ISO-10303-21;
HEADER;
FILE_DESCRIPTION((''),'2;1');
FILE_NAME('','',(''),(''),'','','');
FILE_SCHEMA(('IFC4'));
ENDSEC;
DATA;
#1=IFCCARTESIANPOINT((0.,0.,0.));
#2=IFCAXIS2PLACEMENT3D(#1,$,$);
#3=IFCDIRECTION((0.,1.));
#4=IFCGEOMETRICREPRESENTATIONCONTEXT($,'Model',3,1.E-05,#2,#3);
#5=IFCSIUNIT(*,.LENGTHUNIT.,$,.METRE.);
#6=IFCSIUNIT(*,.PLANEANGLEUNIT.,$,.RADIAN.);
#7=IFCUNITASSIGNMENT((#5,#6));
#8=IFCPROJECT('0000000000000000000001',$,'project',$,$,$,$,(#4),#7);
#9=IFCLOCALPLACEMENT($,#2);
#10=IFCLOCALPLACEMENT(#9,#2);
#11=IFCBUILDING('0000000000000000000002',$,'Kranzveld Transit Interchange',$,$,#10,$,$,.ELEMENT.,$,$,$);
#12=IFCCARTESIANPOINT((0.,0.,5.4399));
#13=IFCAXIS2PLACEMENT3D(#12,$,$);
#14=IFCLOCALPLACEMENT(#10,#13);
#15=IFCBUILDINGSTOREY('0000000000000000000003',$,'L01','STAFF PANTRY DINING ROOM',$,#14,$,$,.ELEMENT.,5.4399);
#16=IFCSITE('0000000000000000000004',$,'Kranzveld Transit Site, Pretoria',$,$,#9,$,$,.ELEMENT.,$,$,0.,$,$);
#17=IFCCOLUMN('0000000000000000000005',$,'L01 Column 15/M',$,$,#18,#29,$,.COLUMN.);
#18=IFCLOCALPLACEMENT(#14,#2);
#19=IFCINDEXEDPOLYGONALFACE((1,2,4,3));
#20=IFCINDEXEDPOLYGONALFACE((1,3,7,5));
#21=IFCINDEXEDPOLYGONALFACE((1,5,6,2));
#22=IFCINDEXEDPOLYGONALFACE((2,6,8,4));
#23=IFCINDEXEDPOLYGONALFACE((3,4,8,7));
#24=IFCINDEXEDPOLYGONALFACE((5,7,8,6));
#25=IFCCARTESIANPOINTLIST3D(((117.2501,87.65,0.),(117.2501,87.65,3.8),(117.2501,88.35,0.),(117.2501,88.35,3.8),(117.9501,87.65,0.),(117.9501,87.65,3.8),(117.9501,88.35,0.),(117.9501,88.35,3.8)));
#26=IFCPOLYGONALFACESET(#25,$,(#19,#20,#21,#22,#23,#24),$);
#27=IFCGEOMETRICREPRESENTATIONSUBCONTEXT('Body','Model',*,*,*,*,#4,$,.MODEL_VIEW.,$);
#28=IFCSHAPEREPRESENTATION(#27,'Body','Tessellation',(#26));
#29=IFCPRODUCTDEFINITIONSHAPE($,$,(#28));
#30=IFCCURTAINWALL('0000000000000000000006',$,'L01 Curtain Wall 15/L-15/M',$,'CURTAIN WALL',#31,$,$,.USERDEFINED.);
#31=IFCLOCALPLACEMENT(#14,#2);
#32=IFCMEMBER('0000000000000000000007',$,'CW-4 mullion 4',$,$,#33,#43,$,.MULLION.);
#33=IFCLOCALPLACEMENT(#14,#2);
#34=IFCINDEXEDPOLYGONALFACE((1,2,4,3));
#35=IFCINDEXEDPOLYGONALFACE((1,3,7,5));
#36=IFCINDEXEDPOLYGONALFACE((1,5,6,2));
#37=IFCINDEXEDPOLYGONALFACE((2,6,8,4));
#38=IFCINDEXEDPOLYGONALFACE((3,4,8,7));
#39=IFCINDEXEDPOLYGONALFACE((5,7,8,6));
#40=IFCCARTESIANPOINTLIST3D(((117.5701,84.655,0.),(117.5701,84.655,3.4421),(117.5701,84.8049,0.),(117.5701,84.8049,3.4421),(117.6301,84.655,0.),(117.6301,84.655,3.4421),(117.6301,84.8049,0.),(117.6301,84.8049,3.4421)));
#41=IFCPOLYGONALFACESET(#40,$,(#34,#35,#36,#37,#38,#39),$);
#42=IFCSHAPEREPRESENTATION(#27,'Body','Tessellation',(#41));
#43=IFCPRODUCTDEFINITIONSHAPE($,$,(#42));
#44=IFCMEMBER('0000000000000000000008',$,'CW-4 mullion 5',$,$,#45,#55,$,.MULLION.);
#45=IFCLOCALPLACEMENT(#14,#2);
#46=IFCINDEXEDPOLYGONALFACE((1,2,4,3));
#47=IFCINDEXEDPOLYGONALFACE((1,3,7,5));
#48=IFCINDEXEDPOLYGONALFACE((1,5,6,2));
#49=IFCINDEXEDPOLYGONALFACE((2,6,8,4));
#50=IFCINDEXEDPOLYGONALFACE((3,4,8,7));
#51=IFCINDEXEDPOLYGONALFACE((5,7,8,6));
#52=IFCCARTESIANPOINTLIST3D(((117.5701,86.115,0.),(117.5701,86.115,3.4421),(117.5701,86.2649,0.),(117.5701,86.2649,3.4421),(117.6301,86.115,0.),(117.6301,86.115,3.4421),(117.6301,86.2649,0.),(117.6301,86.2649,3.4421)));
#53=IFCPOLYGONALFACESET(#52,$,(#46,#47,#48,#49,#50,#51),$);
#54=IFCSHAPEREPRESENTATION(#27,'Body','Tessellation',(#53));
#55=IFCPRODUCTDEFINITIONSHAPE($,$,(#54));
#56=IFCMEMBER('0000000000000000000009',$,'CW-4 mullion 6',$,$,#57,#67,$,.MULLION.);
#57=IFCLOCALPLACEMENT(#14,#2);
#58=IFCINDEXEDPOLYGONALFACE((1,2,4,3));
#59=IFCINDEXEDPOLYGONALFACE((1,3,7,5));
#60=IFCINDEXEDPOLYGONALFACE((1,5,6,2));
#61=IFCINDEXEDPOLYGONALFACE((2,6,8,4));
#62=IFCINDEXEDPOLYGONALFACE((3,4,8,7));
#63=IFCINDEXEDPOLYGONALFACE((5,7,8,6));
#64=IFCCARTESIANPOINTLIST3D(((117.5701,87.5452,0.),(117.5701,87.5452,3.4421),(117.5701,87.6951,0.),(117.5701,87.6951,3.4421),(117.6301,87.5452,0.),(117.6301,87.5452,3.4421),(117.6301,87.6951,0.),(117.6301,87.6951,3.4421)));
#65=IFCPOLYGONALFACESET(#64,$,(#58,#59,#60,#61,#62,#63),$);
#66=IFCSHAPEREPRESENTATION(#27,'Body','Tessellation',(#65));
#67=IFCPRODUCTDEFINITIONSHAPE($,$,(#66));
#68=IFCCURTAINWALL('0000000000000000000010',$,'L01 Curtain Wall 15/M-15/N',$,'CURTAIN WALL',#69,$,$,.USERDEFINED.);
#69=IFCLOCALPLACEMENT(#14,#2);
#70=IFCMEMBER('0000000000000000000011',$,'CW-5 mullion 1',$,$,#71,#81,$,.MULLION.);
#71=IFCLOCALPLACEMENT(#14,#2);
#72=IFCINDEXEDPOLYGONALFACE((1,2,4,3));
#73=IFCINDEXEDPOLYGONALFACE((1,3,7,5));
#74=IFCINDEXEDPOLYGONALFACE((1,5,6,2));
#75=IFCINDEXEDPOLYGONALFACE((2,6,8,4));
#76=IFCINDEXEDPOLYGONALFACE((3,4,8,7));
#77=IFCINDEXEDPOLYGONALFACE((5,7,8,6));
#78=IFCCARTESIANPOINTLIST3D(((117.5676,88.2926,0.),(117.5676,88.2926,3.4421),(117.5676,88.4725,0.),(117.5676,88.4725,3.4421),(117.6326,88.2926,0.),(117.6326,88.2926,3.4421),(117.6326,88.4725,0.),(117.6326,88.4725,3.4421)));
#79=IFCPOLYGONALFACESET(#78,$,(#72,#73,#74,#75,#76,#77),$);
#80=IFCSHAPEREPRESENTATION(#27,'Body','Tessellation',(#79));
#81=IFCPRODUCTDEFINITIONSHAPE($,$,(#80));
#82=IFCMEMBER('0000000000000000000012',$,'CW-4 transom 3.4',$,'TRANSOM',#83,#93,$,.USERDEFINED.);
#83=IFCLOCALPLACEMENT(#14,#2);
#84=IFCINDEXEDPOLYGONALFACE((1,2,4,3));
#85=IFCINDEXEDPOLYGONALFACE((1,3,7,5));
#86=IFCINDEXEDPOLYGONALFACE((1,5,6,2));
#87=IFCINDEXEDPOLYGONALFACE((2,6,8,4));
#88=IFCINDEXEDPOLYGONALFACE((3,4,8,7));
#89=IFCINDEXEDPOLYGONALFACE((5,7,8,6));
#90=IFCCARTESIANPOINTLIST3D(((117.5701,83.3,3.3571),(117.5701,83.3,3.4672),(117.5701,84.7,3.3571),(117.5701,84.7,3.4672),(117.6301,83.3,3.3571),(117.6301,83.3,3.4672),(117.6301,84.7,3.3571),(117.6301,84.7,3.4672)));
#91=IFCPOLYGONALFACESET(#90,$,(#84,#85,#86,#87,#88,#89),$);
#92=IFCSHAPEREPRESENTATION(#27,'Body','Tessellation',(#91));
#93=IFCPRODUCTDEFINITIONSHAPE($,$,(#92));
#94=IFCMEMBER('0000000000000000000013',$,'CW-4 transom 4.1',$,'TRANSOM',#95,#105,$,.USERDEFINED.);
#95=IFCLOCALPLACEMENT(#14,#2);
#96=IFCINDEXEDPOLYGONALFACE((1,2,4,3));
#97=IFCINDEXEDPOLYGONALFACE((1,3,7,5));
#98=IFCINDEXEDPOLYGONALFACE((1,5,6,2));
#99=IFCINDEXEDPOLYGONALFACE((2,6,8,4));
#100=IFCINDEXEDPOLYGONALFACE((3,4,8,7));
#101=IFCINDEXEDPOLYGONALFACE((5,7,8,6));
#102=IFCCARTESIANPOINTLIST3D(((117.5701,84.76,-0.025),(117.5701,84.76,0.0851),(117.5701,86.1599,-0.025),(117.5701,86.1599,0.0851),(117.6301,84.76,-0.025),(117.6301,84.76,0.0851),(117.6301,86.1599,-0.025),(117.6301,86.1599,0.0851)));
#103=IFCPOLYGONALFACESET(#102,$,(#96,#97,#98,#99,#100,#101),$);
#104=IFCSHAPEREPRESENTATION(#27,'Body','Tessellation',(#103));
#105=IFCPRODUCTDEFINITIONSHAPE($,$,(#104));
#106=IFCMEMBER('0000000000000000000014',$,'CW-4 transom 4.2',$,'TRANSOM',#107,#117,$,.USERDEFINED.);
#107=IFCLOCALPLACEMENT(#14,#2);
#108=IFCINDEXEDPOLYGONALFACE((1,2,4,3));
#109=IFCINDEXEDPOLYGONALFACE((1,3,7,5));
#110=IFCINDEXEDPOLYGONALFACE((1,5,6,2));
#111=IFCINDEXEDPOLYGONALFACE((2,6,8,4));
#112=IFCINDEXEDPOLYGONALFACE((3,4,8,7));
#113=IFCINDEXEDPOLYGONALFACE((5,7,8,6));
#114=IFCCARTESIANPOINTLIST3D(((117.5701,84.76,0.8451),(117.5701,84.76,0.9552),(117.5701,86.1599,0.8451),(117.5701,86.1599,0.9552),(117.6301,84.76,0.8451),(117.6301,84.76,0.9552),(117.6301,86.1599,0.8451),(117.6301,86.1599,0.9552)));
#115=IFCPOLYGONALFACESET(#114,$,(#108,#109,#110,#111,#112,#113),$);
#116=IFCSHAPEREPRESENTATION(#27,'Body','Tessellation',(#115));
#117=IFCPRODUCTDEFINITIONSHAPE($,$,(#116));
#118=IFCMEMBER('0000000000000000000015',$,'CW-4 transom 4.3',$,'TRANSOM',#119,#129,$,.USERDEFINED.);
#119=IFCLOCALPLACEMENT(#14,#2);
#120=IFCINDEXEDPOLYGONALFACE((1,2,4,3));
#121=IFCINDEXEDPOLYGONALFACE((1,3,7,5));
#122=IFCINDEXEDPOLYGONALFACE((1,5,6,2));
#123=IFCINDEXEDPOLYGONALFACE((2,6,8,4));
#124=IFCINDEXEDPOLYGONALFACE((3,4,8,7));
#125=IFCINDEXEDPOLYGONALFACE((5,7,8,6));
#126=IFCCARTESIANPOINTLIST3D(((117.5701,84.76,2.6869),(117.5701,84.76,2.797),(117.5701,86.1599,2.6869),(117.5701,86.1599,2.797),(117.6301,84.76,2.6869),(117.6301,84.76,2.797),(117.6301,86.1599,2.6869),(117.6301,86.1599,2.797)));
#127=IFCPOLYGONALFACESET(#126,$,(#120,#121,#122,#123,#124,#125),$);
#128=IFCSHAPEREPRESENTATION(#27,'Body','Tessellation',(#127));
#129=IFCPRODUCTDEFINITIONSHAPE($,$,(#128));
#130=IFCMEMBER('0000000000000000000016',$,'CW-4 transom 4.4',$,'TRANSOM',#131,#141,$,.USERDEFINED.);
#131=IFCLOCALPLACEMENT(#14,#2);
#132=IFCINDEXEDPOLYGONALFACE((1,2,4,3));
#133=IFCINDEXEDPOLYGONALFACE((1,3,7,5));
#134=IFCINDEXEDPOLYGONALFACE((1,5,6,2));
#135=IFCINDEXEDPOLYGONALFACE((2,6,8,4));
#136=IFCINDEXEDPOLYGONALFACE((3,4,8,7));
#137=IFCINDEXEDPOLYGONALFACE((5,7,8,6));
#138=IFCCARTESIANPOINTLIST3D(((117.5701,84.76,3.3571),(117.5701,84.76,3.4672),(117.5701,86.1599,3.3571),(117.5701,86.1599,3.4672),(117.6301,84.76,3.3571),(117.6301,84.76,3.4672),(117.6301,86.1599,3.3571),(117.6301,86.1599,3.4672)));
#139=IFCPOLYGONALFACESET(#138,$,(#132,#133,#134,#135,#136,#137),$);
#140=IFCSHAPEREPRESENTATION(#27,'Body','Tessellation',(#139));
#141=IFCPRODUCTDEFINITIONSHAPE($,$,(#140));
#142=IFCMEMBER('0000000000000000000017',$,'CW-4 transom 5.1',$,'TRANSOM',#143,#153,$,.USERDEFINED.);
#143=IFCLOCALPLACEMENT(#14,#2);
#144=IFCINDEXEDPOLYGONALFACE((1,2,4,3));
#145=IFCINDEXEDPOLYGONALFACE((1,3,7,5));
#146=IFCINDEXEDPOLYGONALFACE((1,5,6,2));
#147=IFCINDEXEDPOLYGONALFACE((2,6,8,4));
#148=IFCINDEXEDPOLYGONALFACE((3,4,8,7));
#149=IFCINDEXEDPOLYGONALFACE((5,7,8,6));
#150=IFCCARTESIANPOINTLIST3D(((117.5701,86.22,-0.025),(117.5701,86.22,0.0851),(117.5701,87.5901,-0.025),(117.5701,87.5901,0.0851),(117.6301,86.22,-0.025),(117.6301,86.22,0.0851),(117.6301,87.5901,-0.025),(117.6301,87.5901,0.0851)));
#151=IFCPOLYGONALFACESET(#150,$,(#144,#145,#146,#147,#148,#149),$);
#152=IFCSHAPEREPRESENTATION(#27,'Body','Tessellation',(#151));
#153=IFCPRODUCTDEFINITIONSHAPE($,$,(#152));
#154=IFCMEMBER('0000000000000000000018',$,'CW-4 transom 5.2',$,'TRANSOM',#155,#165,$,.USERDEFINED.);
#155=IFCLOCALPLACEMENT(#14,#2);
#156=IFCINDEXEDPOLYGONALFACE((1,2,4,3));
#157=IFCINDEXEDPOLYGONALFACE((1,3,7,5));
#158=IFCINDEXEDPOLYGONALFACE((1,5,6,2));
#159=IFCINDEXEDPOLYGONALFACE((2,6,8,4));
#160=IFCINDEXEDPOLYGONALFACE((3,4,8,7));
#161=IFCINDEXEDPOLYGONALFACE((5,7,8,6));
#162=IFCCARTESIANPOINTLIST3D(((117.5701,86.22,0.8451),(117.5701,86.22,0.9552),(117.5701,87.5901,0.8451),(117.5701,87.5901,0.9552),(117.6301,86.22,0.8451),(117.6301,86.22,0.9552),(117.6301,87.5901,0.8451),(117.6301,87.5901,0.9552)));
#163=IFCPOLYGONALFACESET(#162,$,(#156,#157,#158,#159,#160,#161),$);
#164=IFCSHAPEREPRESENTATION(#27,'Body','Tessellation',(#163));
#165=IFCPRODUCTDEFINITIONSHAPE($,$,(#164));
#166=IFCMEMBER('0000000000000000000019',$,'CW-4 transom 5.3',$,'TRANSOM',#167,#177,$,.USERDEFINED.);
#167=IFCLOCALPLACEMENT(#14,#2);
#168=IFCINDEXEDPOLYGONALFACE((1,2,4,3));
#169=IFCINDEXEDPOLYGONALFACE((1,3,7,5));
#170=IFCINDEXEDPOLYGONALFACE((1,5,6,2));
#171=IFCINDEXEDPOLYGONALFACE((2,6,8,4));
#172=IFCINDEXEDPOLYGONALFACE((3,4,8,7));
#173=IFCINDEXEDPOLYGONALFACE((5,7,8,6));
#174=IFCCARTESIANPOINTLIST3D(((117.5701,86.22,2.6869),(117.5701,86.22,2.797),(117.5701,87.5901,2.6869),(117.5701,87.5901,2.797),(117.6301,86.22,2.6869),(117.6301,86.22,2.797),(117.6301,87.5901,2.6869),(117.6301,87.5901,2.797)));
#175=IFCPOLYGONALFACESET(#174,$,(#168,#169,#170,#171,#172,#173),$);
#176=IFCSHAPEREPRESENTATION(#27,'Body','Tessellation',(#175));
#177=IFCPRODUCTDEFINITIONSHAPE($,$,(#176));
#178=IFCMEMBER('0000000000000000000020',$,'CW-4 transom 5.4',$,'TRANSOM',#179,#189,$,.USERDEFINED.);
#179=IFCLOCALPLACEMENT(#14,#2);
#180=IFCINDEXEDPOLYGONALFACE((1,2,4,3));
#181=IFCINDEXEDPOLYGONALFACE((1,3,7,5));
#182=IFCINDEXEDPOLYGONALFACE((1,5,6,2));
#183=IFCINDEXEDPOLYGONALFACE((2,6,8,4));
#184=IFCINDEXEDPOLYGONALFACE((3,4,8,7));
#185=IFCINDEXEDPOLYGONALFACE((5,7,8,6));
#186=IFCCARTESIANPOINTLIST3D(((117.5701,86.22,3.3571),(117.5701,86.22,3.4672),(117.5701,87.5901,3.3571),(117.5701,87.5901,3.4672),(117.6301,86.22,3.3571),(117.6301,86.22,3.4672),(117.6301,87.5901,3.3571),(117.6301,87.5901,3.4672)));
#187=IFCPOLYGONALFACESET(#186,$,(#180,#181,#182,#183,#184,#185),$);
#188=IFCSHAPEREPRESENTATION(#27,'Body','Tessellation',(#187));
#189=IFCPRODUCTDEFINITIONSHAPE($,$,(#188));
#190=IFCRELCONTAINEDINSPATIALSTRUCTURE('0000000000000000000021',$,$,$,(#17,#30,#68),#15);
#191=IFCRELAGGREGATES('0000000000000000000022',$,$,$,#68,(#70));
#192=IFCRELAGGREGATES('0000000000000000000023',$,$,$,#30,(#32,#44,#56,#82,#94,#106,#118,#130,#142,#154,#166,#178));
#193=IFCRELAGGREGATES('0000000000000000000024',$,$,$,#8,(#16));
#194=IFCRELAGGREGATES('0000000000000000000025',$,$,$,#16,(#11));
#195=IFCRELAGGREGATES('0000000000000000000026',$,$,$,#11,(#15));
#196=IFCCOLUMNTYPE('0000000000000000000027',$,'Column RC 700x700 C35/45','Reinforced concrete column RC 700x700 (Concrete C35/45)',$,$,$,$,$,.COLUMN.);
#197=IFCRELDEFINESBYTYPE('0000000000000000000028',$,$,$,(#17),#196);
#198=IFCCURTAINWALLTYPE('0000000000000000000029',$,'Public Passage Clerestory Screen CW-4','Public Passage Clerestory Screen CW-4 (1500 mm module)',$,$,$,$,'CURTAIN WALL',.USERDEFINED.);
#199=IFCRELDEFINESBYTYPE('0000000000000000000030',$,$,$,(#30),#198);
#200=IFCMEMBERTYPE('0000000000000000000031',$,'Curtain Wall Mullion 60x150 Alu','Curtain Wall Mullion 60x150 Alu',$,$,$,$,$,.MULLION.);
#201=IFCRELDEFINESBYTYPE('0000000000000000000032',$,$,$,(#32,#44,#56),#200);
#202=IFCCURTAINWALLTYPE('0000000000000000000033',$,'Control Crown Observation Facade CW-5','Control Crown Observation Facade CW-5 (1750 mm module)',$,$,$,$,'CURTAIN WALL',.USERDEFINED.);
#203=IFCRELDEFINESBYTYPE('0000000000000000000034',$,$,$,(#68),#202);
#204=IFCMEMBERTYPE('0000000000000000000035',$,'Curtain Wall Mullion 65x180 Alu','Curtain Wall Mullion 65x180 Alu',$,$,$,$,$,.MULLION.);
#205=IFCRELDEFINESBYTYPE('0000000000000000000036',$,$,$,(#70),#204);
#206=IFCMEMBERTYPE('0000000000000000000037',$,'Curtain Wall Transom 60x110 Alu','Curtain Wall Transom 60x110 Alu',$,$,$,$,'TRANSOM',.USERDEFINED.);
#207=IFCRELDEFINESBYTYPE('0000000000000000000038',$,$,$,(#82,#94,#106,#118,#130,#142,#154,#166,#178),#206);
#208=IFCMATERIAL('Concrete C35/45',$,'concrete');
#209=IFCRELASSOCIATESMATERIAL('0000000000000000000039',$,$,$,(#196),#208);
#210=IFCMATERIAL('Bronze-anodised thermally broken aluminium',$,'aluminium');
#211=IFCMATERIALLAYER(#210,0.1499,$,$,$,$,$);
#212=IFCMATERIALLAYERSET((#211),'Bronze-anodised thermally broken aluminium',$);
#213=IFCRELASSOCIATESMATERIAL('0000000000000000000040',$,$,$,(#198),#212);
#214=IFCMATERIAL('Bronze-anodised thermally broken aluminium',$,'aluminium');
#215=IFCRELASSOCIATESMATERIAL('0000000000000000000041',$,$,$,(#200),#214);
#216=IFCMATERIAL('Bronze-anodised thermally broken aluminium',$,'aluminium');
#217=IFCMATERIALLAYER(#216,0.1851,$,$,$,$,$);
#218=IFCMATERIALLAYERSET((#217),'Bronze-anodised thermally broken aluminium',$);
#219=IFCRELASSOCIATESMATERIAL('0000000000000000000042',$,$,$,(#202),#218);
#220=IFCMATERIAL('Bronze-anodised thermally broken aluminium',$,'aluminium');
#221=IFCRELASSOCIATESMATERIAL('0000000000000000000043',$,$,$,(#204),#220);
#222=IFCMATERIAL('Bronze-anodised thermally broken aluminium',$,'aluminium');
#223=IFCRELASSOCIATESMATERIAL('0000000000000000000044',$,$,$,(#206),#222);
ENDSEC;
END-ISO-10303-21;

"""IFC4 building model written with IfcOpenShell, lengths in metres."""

from ifc_helpers import new_model, si_unit, direction, frame, origin, origin_2d, place, context, subcontext, project, spatial, rectangle, extrude, material, layer, layer_set, material_profile, profile_set, type_object, element, aggregate, save


model = new_model("IFC4")

# Units and contexts
model_context = context("Model", 3, precision=1e-05, world=origin(), true_north=direction((0.0, 1.0)))
body_context = subcontext(model_context, "Body", "Model", "MODEL_VIEW")
ifc_project = project(units=[si_unit("LENGTHUNIT", "METRE"), si_unit("PLANEANGLEUNIT", "RADIAN")], contexts=[model_context])

# Site, building, storey
site_placement = place(None, origin())
site = spatial("IfcSite", under=ifc_project, at=site_placement, Name="Kranzveld Transit Site, Pretoria", CompositionType="ELEMENT", RefElevation=0.0)
building_placement = place(site_placement, origin())
building = spatial("IfcBuilding", under=site, at=building_placement, Name="Kranzveld Transit Interchange", CompositionType="ELEMENT")
storey_placement = place(building_placement, frame((0.0, 0.0, 5.4399)))
storey = spatial("IfcBuildingStorey", under=building, at=storey_placement, Name="L01", Description="STAFF PANTRY DINING ROOM", CompositionType="ELEMENT", Elevation=5.4399)

# Column
ifc_material_1 = material(Name="Concrete C35/45", Category="concrete")
ifc_material_profile_1 = material_profile(ifc_material_1, rectangle(XDim=0.7, YDim=0.7, at=origin_2d()), Name="RC 700x700")
ifc_profile_set_1 = profile_set([ifc_material_profile_1], Name="Concrete C35/45")
column_type = type_object("IfcColumnType", Name="Column RC 700x700 C35/45", Description="Reinforced concrete column RC 700x700 (Concrete C35/45)", PredefinedType="COLUMN", material=ifc_profile_set_1)
column_placement = place(storey_placement, frame((117.6001, 88.0, 0.0), z_axis=(0.0, 0.0, 1.0), x_axis=(1.0, 0.0, 0.0)))
element("IfcColumn", 1, at=column_placement, inside=storey, type_object=column_type, Name="L01 Column 15/M", PredefinedType="COLUMN", context=body_context, shape_type="SweptSolid", body=[
    extrude(rectangle(XDim=0.7, YDim=0.7, at=origin_2d()), origin(), (0.0, 0.0, 1.0), 3.8),
])

# Curtain wall, members
ifc_material_2 = material(Name="Bronze-anodised thermally broken aluminium", Category="aluminium")
ifc_layer_1 = layer(ifc_material_2, 0.1499)
ifc_layer_set_1 = layer_set([ifc_layer_1], Name="Bronze-anodised thermally broken aluminium")
curtain_wall_type_1 = type_object("IfcCurtainWallType", Name="Public Passage Clerestory Screen CW-4", Description="Public Passage Clerestory Screen CW-4 (1500 mm module)", ElementType="CURTAIN WALL", PredefinedType="USERDEFINED", material=ifc_layer_set_1)
curtain_wall_1_placement = place(storey_placement, origin())
curtain_wall_1 = element("IfcCurtainWall", 2, at=curtain_wall_1_placement, inside=storey, type_object=curtain_wall_type_1, Name="L01 Curtain Wall 15/L-15/M", ObjectType="CURTAIN WALL", PredefinedType="USERDEFINED")
ifc_material_3 = material(Name="Bronze-anodised thermally broken aluminium", Category="aluminium")
ifc_material_profile_2 = material_profile(ifc_material_3, rectangle(XDim=0.0601, YDim=0.1499, at=origin_2d()), Name="ALU MULLION 60x150")
ifc_profile_set_2 = profile_set([ifc_material_profile_2], Name="Bronze-anodised thermally broken aluminium")
member_type_1 = type_object("IfcMemberType", Name="Curtain Wall Mullion 60x150 Alu", Description="Curtain Wall Mullion 60x150 Alu", PredefinedType="MULLION", material=ifc_profile_set_2)
member_1_placement = place(storey_placement, frame((117.6001, 84.73, 0.0), z_axis=(0.0, 0.0, 1.0), x_axis=(-1.0, 0.0, 0.0)))
member_1 = element("IfcMember", 3, at=member_1_placement, type_object=member_type_1, Name="CW-4 mullion 4", PredefinedType="MULLION", context=body_context, shape_type="SweptSolid", body=[
    extrude(rectangle(XDim=0.0601, YDim=0.1499, at=origin_2d()), origin(), (0.0, 0.0, 1.0), 3.4421),
])
member_2_placement = place(storey_placement, frame((117.6001, 86.1899, 0.0), z_axis=(0.0, 0.0, 1.0), x_axis=(-1.0, 0.0, 0.0)))
member_2 = element("IfcMember", 4, at=member_2_placement, type_object=member_type_1, Name="CW-4 mullion 5", PredefinedType="MULLION", context=body_context, shape_type="SweptSolid", body=[
    extrude(rectangle(XDim=0.0601, YDim=0.1499, at=origin_2d()), origin(), (0.0, 0.0, 1.0), 3.4421),
])
member_3_placement = place(storey_placement, frame((117.6001, 87.6201, 0.0), z_axis=(0.0, 0.0, 1.0), x_axis=(-1.0, 0.0, 0.0)))
member_3 = element("IfcMember", 5, at=member_3_placement, type_object=member_type_1, Name="CW-4 mullion 6", PredefinedType="MULLION", context=body_context, shape_type="SweptSolid", body=[
    extrude(rectangle(XDim=0.0601, YDim=0.1499, at=origin_2d()), origin(), (0.0, 0.0, 1.0), 3.4421),
])

# Curtain wall, member
ifc_material_4 = material(Name="Bronze-anodised thermally broken aluminium", Category="aluminium")
ifc_layer_2 = layer(ifc_material_4, 0.1851)
ifc_layer_set_2 = layer_set([ifc_layer_2], Name="Bronze-anodised thermally broken aluminium")
curtain_wall_type_2 = type_object("IfcCurtainWallType", Name="Control Crown Observation Facade CW-5", Description="Control Crown Observation Facade CW-5 (1750 mm module)", ElementType="CURTAIN WALL", PredefinedType="USERDEFINED", material=ifc_layer_set_2)
curtain_wall_2_placement = place(storey_placement, origin())
curtain_wall_2 = element("IfcCurtainWall", 6, at=curtain_wall_2_placement, inside=storey, type_object=curtain_wall_type_2, Name="L01 Curtain Wall 15/M-15/N", ObjectType="CURTAIN WALL", PredefinedType="USERDEFINED")
ifc_material_5 = material(Name="Bronze-anodised thermally broken aluminium", Category="aluminium")
ifc_material_profile_3 = material_profile(ifc_material_5, rectangle(XDim=0.0649, YDim=0.1799, at=origin_2d()), Name="ALU MULLION 65x180")
ifc_profile_set_3 = profile_set([ifc_material_profile_3], Name="Bronze-anodised thermally broken aluminium")
member_type_2 = type_object("IfcMemberType", Name="Curtain Wall Mullion 65x180 Alu", Description="Curtain Wall Mullion 65x180 Alu", PredefinedType="MULLION", material=ifc_profile_set_3)
member_4_placement = place(storey_placement, frame((117.6001, 88.3826, 0.0), z_axis=(0.0, 0.0, 1.0), x_axis=(-1.0, 0.0, 0.0)))
member_4 = element("IfcMember", 7, at=member_4_placement, type_object=member_type_2, Name="CW-5 mullion 1", PredefinedType="MULLION", context=body_context, shape_type="SweptSolid", body=[
    extrude(rectangle(XDim=0.0649, YDim=0.1799, at=origin_2d()), origin(), (0.0, 0.0, 1.0), 3.4421),
])
aggregate(curtain_wall_2, [member_4])

# Members
ifc_material_6 = material(Name="Bronze-anodised thermally broken aluminium", Category="aluminium")
ifc_material_profile_4 = material_profile(ifc_material_6, rectangle(XDim=0.0601, YDim=0.1101, at=origin_2d()), Name="ALU TRANSOM 60x110")
ifc_profile_set_4 = profile_set([ifc_material_profile_4], Name="Bronze-anodised thermally broken aluminium")
member_type_3 = type_object("IfcMemberType", Name="Curtain Wall Transom 60x110 Alu", Description="Curtain Wall Transom 60x110 Alu", ElementType="TRANSOM", PredefinedType="USERDEFINED", material=ifc_profile_set_4)
member_5_placement = place(storey_placement, frame((117.6001, 83.3, 3.4121), z_axis=(0.0, 1.0, 0.0), x_axis=(-1.0, 0.0, 0.0)))
member_5 = element("IfcMember", 8, at=member_5_placement, type_object=member_type_3, Name="CW-4 transom 3.4", ObjectType="TRANSOM", PredefinedType="USERDEFINED", context=body_context, shape_type="SweptSolid", body=[
    extrude(rectangle(XDim=0.0601, YDim=0.1101, at=origin_2d()), origin(), (0.0, 0.0, 1.0), 1.3999),
])
member_6_placement = place(storey_placement, frame((117.6001, 84.76, 0.03), z_axis=(0.0, 1.0, 0.0), x_axis=(-1.0, 0.0, 0.0)))
member_6 = element("IfcMember", 9, at=member_6_placement, type_object=member_type_3, Name="CW-4 transom 4.1", ObjectType="TRANSOM", PredefinedType="USERDEFINED", context=body_context, shape_type="SweptSolid", body=[
    extrude(rectangle(XDim=0.0601, YDim=0.1101, at=origin_2d()), origin(), (0.0, 0.0, 1.0), 1.3999),
])
member_7_placement = place(storey_placement, frame((117.6001, 84.76, 0.9001), z_axis=(0.0, 1.0, 0.0), x_axis=(-1.0, 0.0, 0.0)))
member_7 = element("IfcMember", 10, at=member_7_placement, type_object=member_type_3, Name="CW-4 transom 4.2", ObjectType="TRANSOM", PredefinedType="USERDEFINED", context=body_context, shape_type="SweptSolid", body=[
    extrude(rectangle(XDim=0.0601, YDim=0.1101, at=origin_2d()), origin(), (0.0, 0.0, 1.0), 1.3999),
])
member_8_placement = place(storey_placement, frame((117.6001, 84.76, 2.7419), z_axis=(0.0, 1.0, 0.0), x_axis=(-1.0, 0.0, 0.0)))
member_8 = element("IfcMember", 11, at=member_8_placement, type_object=member_type_3, Name="CW-4 transom 4.3", ObjectType="TRANSOM", PredefinedType="USERDEFINED", context=body_context, shape_type="SweptSolid", body=[
    extrude(rectangle(XDim=0.0601, YDim=0.1101, at=origin_2d()), origin(), (0.0, 0.0, 1.0), 1.3999),
])
member_9_placement = place(storey_placement, frame((117.6001, 84.76, 3.4121), z_axis=(0.0, 1.0, 0.0), x_axis=(-1.0, 0.0, 0.0)))
member_9 = element("IfcMember", 12, at=member_9_placement, type_object=member_type_3, Name="CW-4 transom 4.4", ObjectType="TRANSOM", PredefinedType="USERDEFINED", context=body_context, shape_type="SweptSolid", body=[
    extrude(rectangle(XDim=0.0601, YDim=0.1101, at=origin_2d()), origin(), (0.0, 0.0, 1.0), 1.3999),
])
member_10_placement = place(storey_placement, frame((117.6001, 86.22, 0.03), z_axis=(0.0, 1.0, 0.0), x_axis=(-1.0, 0.0, 0.0)))
member_10 = element("IfcMember", 13, at=member_10_placement, type_object=member_type_3, Name="CW-4 transom 5.1", ObjectType="TRANSOM", PredefinedType="USERDEFINED", context=body_context, shape_type="SweptSolid", body=[
    extrude(rectangle(XDim=0.0601, YDim=0.1101, at=origin_2d()), origin(), (0.0, 0.0, 1.0), 1.3701),
])
member_11_placement = place(storey_placement, frame((117.6001, 86.22, 0.9001), z_axis=(0.0, 1.0, 0.0), x_axis=(-1.0, 0.0, 0.0)))
member_11 = element("IfcMember", 14, at=member_11_placement, type_object=member_type_3, Name="CW-4 transom 5.2", ObjectType="TRANSOM", PredefinedType="USERDEFINED", context=body_context, shape_type="SweptSolid", body=[
    extrude(rectangle(XDim=0.0601, YDim=0.1101, at=origin_2d()), origin(), (0.0, 0.0, 1.0), 1.3701),
])
member_12_placement = place(storey_placement, frame((117.6001, 86.22, 2.7419), z_axis=(0.0, 1.0, 0.0), x_axis=(-1.0, 0.0, 0.0)))
member_12 = element("IfcMember", 15, at=member_12_placement, type_object=member_type_3, Name="CW-4 transom 5.3", ObjectType="TRANSOM", PredefinedType="USERDEFINED", context=body_context, shape_type="SweptSolid", body=[
    extrude(rectangle(XDim=0.0601, YDim=0.1101, at=origin_2d()), origin(), (0.0, 0.0, 1.0), 1.3701),
])
member_13_placement = place(storey_placement, frame((117.6001, 86.22, 3.4121), z_axis=(0.0, 1.0, 0.0), x_axis=(-1.0, 0.0, 0.0)))
member_13 = element("IfcMember", 16, at=member_13_placement, type_object=member_type_3, Name="CW-4 transom 5.4", ObjectType="TRANSOM", PredefinedType="USERDEFINED", context=body_context, shape_type="SweptSolid", body=[
    extrude(rectangle(XDim=0.0601, YDim=0.1101, at=origin_2d()), origin(), (0.0, 0.0, 1.0), 1.3701),
])

aggregate(curtain_wall_1, [member_1, member_2, member_3, member_5, member_6, member_7, member_8, member_9, member_10, member_11, member_12, member_13])

save(model, "model.ifc")
